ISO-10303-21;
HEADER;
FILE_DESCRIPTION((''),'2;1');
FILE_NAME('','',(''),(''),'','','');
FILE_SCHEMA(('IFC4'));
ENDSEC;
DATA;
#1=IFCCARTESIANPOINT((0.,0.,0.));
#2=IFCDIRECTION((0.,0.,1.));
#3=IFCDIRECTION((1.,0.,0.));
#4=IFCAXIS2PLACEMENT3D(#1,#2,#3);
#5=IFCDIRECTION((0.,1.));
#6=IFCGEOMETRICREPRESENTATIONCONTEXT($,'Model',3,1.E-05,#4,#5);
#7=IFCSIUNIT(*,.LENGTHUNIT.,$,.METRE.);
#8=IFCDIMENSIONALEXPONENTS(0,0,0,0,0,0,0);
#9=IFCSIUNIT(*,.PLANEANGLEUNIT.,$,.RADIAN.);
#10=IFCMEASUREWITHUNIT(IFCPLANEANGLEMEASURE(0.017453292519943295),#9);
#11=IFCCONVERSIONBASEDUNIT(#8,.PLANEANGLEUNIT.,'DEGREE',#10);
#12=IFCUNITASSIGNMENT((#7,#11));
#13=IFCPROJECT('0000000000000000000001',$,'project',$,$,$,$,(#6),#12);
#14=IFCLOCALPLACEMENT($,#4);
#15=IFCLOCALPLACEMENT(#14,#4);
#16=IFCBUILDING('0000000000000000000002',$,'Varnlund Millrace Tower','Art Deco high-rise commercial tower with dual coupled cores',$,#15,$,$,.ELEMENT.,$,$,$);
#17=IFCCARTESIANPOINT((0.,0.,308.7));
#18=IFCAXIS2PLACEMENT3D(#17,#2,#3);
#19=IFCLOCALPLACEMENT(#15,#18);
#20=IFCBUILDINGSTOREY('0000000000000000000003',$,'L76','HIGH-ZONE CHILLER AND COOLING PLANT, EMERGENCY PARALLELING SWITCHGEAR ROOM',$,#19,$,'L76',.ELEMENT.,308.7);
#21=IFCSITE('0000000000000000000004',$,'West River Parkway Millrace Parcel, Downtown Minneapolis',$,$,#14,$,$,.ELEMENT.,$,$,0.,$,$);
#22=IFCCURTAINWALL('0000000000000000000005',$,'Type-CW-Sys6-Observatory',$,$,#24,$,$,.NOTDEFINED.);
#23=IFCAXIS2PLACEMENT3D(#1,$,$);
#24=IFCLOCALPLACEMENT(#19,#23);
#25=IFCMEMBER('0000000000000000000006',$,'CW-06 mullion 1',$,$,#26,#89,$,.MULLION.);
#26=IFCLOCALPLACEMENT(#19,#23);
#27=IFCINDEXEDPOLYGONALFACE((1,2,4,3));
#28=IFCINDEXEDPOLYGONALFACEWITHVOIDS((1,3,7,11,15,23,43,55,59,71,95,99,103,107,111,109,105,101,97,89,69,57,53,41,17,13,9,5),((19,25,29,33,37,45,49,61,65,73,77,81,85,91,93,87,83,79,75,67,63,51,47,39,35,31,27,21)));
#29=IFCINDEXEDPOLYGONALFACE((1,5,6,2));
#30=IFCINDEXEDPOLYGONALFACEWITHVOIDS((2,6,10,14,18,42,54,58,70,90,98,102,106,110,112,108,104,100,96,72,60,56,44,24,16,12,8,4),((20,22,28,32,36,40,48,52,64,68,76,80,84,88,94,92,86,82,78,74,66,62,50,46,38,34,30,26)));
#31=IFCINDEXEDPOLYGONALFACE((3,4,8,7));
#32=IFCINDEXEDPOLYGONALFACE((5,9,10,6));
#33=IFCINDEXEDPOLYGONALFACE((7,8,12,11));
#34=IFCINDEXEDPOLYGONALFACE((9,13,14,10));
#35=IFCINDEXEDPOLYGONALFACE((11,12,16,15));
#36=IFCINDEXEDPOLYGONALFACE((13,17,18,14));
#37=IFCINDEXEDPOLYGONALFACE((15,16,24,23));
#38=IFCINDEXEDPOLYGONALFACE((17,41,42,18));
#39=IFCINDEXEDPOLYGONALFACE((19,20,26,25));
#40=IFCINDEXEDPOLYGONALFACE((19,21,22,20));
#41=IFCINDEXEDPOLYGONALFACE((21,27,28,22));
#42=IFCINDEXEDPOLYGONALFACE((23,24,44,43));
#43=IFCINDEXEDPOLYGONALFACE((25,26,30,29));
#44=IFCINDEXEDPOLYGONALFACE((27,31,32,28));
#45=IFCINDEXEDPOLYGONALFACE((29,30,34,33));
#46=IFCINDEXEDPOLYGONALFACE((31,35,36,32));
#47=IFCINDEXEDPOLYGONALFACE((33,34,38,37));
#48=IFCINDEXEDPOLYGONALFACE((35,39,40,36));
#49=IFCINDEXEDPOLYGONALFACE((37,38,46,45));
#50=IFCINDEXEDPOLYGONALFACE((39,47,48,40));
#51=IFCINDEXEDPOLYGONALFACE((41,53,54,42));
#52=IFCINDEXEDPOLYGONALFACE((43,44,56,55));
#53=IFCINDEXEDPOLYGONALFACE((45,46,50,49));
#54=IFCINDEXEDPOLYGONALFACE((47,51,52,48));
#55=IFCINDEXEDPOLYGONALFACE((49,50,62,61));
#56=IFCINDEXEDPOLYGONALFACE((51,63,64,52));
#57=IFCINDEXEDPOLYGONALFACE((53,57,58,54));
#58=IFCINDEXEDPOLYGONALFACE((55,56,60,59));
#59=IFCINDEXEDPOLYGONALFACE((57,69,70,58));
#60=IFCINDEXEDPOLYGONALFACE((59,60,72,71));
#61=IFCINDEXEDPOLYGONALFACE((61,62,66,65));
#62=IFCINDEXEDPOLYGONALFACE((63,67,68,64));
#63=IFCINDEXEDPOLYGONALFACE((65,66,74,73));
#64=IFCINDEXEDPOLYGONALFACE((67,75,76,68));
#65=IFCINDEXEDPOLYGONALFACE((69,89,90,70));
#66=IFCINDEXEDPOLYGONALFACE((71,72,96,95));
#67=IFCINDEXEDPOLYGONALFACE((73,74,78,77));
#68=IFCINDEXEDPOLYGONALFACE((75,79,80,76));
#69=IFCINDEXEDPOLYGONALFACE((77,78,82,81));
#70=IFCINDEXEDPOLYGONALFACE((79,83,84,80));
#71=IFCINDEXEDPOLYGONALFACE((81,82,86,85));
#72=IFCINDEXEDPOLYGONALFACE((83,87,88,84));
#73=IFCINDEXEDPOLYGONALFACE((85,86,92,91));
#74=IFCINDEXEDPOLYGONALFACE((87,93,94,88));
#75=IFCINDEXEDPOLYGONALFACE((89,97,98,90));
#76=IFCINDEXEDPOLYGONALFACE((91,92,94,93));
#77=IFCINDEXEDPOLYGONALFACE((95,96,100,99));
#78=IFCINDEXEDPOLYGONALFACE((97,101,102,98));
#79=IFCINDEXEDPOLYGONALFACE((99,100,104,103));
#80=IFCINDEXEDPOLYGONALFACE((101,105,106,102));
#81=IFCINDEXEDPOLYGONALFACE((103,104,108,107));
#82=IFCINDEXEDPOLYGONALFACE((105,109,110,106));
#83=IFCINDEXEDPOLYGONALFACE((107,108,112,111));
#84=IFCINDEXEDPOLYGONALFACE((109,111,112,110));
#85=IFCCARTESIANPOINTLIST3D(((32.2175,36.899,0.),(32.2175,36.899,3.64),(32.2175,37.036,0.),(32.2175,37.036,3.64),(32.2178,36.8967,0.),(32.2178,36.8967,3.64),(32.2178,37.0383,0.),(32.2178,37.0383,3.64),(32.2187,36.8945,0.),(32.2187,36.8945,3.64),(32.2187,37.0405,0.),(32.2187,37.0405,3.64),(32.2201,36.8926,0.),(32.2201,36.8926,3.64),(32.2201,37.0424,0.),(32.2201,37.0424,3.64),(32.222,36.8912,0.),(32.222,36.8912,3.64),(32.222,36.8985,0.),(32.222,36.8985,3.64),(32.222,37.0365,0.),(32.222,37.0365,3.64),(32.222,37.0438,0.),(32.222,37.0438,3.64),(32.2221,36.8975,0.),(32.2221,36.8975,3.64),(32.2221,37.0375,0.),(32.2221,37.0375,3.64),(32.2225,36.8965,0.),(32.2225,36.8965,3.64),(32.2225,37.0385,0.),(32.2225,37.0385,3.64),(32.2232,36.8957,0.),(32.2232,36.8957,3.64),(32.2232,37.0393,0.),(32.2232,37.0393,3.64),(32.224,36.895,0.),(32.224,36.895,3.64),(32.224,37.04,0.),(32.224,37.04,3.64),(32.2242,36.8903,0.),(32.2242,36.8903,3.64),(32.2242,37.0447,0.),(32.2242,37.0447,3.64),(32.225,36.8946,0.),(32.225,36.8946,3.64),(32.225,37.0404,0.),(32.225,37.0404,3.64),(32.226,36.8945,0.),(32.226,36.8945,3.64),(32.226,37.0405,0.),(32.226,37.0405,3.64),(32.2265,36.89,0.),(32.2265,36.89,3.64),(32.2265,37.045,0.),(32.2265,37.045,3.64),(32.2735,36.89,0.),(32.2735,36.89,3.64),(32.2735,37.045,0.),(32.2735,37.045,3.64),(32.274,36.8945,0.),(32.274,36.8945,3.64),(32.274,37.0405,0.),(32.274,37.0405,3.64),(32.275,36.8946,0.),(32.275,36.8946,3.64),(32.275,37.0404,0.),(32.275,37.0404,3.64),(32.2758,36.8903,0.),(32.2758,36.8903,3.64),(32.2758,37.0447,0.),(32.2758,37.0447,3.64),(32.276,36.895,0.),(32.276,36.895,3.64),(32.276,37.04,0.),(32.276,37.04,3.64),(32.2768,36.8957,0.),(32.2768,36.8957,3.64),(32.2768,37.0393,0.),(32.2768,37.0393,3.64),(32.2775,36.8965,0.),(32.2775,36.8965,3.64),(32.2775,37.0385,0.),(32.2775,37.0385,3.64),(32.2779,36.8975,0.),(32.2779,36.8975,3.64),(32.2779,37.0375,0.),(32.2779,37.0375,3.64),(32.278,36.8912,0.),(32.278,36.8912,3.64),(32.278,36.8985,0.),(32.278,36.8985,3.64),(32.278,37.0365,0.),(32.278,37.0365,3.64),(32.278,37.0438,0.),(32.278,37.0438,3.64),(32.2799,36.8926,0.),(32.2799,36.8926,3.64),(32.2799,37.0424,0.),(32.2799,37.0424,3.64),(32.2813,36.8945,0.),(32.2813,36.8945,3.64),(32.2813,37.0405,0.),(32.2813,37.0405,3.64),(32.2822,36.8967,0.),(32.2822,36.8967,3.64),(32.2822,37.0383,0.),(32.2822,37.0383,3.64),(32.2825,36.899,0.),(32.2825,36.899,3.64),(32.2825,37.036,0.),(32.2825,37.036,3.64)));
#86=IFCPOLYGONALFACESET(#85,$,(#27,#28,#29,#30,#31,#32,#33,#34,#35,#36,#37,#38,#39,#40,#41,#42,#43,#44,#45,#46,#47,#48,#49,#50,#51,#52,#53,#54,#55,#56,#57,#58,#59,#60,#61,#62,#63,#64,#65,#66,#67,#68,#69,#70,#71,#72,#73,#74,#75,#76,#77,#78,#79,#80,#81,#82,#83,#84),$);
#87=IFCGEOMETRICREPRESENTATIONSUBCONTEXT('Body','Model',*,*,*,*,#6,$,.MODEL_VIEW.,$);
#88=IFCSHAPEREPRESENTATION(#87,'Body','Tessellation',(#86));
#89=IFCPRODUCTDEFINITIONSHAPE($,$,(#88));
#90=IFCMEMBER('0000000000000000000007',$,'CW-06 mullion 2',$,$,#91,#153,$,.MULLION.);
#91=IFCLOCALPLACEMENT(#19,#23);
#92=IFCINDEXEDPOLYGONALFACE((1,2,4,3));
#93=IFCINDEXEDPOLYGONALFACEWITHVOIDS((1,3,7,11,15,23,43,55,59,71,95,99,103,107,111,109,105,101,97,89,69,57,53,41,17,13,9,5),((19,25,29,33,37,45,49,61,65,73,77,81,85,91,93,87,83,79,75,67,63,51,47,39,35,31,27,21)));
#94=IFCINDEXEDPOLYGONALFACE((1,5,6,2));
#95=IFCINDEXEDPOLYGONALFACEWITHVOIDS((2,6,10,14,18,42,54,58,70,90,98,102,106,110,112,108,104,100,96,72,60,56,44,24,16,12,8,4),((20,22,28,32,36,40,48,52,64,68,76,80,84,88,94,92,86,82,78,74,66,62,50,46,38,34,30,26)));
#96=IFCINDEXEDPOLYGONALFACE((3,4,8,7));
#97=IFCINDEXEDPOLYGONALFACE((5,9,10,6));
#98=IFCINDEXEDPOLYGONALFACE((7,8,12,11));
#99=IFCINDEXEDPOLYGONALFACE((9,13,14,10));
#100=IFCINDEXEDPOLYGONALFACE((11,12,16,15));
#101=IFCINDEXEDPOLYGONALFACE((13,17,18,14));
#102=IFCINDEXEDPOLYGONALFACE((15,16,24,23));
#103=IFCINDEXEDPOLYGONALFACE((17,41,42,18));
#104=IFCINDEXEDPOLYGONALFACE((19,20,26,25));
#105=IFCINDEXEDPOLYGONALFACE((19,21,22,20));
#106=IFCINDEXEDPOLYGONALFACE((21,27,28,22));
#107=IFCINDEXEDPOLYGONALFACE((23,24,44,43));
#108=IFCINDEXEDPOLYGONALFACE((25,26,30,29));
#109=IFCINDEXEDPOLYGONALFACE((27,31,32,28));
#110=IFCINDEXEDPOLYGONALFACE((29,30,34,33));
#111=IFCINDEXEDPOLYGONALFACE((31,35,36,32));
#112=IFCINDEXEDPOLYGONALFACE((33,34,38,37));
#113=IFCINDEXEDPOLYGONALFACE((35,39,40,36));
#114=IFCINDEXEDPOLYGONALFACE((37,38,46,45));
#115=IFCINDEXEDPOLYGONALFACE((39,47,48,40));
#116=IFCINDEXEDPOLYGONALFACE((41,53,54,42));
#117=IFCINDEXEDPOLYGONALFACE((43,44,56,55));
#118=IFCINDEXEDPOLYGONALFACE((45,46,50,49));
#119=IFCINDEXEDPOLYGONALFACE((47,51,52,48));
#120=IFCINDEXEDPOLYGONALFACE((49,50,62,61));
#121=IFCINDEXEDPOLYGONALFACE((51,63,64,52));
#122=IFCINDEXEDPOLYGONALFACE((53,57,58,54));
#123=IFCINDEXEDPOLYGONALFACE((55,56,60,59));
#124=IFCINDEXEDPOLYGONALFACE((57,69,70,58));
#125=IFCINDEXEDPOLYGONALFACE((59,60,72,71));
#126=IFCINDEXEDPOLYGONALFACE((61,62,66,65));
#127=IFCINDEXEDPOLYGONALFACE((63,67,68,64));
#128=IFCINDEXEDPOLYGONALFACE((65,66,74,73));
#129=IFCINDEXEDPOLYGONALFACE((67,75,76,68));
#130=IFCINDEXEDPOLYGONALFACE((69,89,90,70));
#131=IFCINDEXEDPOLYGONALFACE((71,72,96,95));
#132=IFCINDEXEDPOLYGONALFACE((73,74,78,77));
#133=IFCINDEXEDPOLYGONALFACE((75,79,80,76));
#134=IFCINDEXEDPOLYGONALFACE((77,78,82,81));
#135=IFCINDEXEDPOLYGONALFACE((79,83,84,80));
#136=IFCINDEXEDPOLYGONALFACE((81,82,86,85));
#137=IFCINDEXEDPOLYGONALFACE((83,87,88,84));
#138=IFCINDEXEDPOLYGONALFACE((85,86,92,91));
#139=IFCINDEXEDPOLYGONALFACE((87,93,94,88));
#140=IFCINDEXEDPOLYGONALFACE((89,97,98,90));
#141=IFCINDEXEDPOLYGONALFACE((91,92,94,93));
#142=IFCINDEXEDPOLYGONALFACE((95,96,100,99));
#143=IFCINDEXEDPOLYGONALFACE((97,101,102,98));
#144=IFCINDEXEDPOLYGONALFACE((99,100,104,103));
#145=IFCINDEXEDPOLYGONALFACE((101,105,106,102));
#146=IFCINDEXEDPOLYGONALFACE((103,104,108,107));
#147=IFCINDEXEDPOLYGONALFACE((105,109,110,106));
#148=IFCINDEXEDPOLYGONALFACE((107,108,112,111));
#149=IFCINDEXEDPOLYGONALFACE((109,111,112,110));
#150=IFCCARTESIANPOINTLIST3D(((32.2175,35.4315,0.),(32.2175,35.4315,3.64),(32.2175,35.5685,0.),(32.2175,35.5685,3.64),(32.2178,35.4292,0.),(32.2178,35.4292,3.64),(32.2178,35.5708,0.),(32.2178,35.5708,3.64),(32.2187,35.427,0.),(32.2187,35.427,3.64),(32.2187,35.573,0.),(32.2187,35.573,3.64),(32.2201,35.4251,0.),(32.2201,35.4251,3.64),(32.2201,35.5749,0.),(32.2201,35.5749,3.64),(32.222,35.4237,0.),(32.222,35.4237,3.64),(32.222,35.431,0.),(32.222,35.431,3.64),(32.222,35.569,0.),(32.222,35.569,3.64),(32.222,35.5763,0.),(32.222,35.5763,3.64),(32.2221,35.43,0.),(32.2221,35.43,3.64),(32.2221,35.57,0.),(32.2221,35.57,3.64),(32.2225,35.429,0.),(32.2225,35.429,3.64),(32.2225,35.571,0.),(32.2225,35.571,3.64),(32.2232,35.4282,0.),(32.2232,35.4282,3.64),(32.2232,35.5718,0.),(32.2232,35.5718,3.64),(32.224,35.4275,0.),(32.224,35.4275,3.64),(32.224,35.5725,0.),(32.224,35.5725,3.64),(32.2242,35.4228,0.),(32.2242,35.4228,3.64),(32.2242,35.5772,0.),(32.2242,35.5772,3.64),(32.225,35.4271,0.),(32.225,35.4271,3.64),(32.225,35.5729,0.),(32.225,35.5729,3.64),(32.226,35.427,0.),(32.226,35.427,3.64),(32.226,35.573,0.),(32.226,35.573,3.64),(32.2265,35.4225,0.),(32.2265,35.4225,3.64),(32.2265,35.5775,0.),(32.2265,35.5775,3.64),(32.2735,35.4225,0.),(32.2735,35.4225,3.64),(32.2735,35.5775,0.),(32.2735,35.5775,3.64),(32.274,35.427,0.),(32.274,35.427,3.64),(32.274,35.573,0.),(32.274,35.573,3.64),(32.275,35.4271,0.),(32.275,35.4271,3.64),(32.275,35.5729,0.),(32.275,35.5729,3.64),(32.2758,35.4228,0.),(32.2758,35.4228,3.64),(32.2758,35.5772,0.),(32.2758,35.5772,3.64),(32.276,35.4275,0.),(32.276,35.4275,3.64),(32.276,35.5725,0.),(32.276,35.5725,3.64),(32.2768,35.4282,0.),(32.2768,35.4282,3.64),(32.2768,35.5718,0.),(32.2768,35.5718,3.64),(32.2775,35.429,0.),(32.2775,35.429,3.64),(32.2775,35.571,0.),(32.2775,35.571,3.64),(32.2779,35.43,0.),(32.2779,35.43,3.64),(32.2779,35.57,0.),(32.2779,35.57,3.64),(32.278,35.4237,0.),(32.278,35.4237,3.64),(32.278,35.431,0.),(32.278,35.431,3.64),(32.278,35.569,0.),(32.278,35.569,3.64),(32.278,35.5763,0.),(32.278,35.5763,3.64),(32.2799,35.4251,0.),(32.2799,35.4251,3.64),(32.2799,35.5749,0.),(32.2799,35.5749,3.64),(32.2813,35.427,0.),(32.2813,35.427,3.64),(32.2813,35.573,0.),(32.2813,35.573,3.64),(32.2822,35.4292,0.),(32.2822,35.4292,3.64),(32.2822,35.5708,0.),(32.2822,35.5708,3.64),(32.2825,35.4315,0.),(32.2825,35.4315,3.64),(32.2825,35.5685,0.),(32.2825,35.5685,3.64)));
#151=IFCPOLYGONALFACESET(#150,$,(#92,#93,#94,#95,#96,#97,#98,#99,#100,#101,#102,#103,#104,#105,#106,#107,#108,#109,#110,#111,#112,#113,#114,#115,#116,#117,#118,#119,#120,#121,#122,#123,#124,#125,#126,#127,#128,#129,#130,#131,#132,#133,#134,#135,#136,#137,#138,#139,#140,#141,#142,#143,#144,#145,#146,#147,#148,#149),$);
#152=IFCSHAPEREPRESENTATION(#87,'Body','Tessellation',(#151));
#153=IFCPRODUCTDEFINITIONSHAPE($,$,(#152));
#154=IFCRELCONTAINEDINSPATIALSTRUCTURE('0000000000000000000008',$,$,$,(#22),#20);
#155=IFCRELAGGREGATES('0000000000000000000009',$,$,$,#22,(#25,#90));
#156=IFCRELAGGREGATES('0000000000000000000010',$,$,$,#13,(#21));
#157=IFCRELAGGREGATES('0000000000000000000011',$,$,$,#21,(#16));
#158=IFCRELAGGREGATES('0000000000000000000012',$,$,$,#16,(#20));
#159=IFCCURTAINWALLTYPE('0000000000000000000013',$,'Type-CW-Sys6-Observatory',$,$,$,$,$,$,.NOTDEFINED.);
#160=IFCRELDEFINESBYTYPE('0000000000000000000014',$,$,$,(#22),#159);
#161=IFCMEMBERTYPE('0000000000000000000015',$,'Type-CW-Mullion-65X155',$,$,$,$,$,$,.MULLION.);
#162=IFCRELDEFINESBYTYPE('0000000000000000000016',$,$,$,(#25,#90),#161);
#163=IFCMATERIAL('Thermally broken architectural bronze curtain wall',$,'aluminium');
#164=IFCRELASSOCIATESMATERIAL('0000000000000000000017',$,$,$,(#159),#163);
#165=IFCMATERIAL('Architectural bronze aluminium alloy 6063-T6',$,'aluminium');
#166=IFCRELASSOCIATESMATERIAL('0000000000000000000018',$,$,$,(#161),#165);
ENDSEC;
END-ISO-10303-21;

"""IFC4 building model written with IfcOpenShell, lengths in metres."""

from ifc_helpers import new_model, entity, si_unit, converted_unit, direction, frame, origin_with_axes, origin_2d_with_axis, place, context, subcontext, project, spatial, hollow_rectangle, extrude, material, material_profile, profile_set, type_object, element, aggregate, save


model = new_model("IFC4")

# Units and contexts
model_context = context("Model", 3, precision=1e-05, world=origin_with_axes(), true_north=direction((0.0, 1.0)))
body_context = subcontext(model_context, "Body", "Model", "MODEL_VIEW")
ifc_project = project(units=[si_unit("LENGTHUNIT", "METRE"), converted_unit("PLANEANGLEUNIT", "DEGREE", entity("IfcPlaneAngleMeasure", 0.017453292519943295), si_unit("PLANEANGLEUNIT", "RADIAN"), dimensions=[0, 0, 0, 0, 0, 0, 0])], contexts=[model_context])

# Site, building, storey
site_placement = place(None, origin_with_axes())
site = spatial("IfcSite", under=ifc_project, at=site_placement, Name="West River Parkway Millrace Parcel, Downtown Minneapolis", CompositionType="ELEMENT", RefElevation=0.0)
building_placement = place(site_placement, origin_with_axes())
building = spatial("IfcBuilding", under=site, at=building_placement, Name="Varnlund Millrace Tower", Description="Art Deco high-rise commercial tower with dual coupled cores", CompositionType="ELEMENT")
storey_placement = place(building_placement, frame((0.0, 0.0, 308.7), z_axis=(0.0, 0.0, 1.0), x_axis=(1.0, 0.0, 0.0)))
storey = spatial("IfcBuildingStorey", under=building, at=storey_placement, Name="L76", Description="HIGH-ZONE CHILLER AND COOLING PLANT, EMERGENCY PARALLELING SWITCHGEAR ROOM", LongName="L76", CompositionType="ELEMENT", Elevation=308.7)

# Curtain wall, members
ifc_material_1 = material(Name="Thermally broken architectural bronze curtain wall", Category="aluminium")
curtain_wall_type = type_object("IfcCurtainWallType", Name="Type-CW-Sys6-Observatory", PredefinedType="NOTDEFINED", material=ifc_material_1)
curtain_wall_1_placement = place(storey_placement, frame((32.25, 37.0, 0.0), z_axis=(0.0, 0.0, 1.0), x_axis=(1.0, 0.0, 0.0)))
curtain_wall_1 = element("IfcCurtainWall", 1, at=curtain_wall_1_placement, inside=storey, type_object=curtain_wall_type, Name="Type-CW-Sys6-Observatory", PredefinedType="NOTDEFINED")
ifc_material_2 = material(Name="Architectural bronze aluminium alloy 6063-T6", Category="aluminium")
ifc_material_profile_1 = material_profile(ifc_material_2, hollow_rectangle(XDim=0.065, YDim=0.155, WallThickness=0.0045, InnerFilletRadius=0.004, OuterFilletRadius=0.009, at=origin_2d_with_axis()), Name="Architectural bronze aluminium alloy 6063-T6")
ifc_profile_set_1 = profile_set([ifc_material_profile_1], Name="Architectural bronze aluminium alloy 6063-T6")
member_type = type_object("IfcMemberType", Name="Type-CW-Mullion-65X155", PredefinedType="MULLION", material=ifc_profile_set_1)
member_1_placement = place(storey_placement, frame((32.25, 36.9675, 0.0), z_axis=(0.0, 0.0, 1.0), x_axis=(1.0, 0.0, 0.0)))
member_1 = element("IfcMember", 2, at=member_1_placement, type_object=member_type, Name="CW-06 mullion 1", PredefinedType="MULLION", context=body_context, shape_type="SweptSolid", body=[
    extrude(hollow_rectangle(XDim=0.065, YDim=0.155, WallThickness=0.0045, InnerFilletRadius=0.004, OuterFilletRadius=0.009, at=origin_2d_with_axis()), origin_with_axes(), (0.0, 0.0, 1.0), 3.64),
])
member_2_placement = place(storey_placement, frame((32.25, 35.5, 0.0), z_axis=(0.0, 0.0, 1.0), x_axis=(1.0, 0.0, 0.0)))
member_2 = element("IfcMember", 3, at=member_2_placement, type_object=member_type, Name="CW-06 mullion 2", PredefinedType="MULLION", context=body_context, shape_type="SweptSolid", body=[
    extrude(hollow_rectangle(XDim=0.065, YDim=0.155, WallThickness=0.0045, InnerFilletRadius=0.004, OuterFilletRadius=0.009, at=origin_2d_with_axis()), origin_with_axes(), (0.0, 0.0, 1.0), 3.64),
])
aggregate(curtain_wall_1, [member_1, member_2])

save(model, "model.ifc")
